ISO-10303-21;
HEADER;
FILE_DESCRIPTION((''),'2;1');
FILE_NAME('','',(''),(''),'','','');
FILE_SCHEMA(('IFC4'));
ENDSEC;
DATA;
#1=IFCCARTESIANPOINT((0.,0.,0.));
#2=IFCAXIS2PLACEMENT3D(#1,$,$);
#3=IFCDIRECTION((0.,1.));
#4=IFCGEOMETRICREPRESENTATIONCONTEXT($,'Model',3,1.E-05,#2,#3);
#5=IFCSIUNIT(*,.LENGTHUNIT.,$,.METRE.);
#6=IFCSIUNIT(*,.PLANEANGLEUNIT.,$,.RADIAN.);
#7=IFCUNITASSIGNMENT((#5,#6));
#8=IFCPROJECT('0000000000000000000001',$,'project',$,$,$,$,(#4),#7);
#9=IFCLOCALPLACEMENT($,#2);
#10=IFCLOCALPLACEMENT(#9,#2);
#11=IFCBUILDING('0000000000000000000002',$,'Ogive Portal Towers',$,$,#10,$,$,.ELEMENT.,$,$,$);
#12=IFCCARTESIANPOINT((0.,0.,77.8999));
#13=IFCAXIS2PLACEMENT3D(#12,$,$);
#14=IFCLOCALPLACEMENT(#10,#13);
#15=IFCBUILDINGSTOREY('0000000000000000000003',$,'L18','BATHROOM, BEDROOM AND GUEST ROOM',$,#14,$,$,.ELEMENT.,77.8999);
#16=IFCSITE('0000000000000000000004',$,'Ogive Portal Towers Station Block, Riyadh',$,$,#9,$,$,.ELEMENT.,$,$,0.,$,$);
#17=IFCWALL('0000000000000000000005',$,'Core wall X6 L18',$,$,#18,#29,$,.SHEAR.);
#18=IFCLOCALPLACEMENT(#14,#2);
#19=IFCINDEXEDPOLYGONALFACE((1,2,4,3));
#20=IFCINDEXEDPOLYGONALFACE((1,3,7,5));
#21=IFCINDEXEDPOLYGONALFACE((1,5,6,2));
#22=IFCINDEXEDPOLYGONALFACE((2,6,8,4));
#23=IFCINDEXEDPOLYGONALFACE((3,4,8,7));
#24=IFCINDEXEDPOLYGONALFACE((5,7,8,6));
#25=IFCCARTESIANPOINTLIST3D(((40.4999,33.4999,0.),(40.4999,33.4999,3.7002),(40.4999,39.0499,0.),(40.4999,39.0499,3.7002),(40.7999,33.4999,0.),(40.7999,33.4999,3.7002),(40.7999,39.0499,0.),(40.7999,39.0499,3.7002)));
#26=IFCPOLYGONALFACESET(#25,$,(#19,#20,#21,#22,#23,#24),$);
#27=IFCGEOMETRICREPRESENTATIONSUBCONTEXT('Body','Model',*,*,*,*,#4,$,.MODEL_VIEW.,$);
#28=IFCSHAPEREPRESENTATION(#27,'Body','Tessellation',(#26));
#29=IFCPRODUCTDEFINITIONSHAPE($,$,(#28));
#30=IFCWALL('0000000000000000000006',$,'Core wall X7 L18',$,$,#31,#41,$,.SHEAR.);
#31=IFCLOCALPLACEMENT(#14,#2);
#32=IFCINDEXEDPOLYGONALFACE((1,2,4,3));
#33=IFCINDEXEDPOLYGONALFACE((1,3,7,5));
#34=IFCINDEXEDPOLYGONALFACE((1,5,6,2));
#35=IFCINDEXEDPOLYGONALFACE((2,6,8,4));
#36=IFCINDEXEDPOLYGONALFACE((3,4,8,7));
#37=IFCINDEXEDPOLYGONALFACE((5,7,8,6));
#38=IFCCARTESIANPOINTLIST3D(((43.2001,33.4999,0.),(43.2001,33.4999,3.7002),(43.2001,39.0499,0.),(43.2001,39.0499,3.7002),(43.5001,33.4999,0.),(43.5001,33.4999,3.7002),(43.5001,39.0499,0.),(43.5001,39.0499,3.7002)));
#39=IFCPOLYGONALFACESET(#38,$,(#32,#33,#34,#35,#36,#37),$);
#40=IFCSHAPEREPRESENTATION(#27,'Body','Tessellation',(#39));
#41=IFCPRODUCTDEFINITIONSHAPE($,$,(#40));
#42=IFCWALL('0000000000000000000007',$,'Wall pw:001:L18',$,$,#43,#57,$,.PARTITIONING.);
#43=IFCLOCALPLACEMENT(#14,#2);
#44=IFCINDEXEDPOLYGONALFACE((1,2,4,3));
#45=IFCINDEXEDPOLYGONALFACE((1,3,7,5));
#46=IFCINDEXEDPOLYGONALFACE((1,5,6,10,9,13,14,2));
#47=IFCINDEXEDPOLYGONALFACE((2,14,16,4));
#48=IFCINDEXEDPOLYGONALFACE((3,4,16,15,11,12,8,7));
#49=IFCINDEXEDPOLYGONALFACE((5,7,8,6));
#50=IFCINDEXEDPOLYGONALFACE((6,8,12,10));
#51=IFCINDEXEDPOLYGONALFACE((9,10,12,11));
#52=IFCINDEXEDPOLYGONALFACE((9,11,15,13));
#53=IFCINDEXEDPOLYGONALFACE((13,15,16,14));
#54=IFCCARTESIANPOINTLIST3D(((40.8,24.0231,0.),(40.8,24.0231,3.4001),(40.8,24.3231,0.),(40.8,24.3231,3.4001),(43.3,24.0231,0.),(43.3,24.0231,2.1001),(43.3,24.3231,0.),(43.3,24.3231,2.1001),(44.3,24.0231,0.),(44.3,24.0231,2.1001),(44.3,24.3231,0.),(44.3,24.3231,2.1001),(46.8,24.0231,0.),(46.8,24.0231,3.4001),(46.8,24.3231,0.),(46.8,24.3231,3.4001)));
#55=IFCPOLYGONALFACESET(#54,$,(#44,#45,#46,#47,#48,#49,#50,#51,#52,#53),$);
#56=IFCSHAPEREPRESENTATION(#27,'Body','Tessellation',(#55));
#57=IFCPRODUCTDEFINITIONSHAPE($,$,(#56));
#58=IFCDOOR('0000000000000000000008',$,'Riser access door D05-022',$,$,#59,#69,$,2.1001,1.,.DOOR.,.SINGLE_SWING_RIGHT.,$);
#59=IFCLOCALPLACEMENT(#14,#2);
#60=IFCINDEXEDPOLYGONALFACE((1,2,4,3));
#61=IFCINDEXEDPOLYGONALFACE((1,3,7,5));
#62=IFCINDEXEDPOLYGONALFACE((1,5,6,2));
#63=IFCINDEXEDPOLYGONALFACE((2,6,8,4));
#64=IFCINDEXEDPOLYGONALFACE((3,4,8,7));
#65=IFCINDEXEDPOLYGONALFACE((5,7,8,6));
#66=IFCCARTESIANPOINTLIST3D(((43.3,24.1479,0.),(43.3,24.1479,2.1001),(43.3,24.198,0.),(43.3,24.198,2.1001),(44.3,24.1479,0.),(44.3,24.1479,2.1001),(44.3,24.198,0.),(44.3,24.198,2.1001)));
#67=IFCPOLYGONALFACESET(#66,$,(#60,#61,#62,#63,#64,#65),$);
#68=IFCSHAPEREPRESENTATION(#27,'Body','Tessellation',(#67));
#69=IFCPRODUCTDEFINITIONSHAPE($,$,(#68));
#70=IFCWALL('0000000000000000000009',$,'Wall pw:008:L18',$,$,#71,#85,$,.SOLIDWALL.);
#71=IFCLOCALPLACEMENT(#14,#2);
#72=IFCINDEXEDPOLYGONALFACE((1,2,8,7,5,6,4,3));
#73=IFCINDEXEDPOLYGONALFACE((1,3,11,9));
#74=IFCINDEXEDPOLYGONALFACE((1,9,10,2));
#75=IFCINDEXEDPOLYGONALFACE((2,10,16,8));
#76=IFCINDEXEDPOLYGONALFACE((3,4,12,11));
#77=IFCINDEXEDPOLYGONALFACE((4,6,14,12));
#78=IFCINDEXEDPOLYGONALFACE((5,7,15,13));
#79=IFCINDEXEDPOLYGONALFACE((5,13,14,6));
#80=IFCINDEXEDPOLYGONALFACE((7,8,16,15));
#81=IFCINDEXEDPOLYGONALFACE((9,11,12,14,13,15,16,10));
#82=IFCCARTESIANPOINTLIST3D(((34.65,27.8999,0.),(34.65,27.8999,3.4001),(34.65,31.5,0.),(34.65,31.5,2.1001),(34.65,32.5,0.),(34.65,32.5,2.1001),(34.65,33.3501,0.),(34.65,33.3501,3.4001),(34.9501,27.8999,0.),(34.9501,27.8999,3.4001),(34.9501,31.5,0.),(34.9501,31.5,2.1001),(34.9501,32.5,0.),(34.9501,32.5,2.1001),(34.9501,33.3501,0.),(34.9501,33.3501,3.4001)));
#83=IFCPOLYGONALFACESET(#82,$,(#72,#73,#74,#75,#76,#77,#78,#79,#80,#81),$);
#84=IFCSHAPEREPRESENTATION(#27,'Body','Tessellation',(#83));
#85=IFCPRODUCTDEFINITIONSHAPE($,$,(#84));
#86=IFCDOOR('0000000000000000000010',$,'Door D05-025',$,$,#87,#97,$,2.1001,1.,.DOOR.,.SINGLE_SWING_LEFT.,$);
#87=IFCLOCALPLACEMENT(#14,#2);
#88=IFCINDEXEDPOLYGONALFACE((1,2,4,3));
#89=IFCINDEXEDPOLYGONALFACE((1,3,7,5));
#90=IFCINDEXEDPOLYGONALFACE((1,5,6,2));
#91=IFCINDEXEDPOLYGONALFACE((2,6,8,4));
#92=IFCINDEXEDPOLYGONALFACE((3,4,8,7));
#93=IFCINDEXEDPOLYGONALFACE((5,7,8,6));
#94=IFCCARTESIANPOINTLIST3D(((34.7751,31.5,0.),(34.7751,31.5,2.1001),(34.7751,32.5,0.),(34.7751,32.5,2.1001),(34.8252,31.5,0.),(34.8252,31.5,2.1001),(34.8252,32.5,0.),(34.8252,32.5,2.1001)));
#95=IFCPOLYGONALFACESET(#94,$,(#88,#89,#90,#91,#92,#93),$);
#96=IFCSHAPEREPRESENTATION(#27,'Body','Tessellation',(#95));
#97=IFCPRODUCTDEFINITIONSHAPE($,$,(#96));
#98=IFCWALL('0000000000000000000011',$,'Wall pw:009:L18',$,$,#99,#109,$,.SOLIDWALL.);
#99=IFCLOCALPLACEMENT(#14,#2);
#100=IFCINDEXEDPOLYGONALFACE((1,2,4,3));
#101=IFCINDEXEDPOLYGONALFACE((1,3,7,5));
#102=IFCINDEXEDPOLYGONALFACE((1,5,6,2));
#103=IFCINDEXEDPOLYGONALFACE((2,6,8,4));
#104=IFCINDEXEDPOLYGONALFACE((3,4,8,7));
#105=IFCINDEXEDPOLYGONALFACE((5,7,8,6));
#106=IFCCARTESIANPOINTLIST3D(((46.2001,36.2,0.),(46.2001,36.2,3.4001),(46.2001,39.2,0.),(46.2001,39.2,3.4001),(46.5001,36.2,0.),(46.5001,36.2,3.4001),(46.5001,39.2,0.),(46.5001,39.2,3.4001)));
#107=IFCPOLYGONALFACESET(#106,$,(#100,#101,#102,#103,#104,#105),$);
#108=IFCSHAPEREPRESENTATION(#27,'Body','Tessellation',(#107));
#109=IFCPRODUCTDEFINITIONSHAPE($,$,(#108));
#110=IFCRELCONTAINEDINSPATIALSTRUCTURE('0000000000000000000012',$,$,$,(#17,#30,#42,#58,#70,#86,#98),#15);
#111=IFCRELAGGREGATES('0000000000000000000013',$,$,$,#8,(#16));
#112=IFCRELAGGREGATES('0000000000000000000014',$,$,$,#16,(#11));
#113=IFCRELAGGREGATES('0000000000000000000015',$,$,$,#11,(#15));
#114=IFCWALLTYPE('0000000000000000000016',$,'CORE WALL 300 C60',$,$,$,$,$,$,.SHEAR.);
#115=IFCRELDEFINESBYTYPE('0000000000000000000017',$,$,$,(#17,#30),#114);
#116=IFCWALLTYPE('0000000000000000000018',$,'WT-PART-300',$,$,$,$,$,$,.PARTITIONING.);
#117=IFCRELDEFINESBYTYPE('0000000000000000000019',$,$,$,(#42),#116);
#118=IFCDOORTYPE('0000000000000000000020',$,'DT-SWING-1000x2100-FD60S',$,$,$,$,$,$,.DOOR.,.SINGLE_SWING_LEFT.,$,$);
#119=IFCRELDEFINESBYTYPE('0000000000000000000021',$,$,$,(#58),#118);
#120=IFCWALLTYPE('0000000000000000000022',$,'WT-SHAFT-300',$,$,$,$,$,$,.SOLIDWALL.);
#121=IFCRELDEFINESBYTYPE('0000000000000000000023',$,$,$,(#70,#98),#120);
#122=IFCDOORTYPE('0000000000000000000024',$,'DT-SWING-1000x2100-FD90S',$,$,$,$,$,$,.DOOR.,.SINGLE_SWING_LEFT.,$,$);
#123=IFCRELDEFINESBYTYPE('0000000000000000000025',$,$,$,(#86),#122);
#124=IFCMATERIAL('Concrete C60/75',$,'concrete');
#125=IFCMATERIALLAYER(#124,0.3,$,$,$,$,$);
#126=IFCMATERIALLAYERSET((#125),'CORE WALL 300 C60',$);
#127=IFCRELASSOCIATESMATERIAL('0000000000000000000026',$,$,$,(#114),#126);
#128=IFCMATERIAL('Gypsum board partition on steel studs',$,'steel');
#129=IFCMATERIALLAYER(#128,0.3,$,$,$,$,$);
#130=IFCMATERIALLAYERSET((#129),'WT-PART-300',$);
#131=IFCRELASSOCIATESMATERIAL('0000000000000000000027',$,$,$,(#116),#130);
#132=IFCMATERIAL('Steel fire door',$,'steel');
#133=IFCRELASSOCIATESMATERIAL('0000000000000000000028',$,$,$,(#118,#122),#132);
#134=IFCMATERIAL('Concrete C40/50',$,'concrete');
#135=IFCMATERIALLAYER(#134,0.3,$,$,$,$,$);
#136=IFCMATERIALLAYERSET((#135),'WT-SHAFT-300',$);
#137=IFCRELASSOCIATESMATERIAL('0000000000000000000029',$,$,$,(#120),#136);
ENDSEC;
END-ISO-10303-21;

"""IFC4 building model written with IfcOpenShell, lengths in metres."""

from ifc_helpers import new_model, si_unit, direction, frame, frame_2d, origin, place, context, subcontext, project, spatial, rectangle, extrude, material, layer, layer_set, type_object, element, fill, save


model = new_model("IFC4")

# Units and contexts
model_context = context("Model", 3, precision=1e-05, world=origin(), true_north=direction((0.0, 1.0)))
body_context = subcontext(model_context, "Body", "Model", "MODEL_VIEW")
ifc_project = project(units=[si_unit("LENGTHUNIT", "METRE"), si_unit("PLANEANGLEUNIT", "RADIAN")], contexts=[model_context])

# Site, building, storey
site_placement = place(None, origin())
site = spatial("IfcSite", under=ifc_project, at=site_placement, Name="Ogive Portal Towers Station Block, Riyadh", CompositionType="ELEMENT", RefElevation=0.0)
building_placement = place(site_placement, origin())
building = spatial("IfcBuilding", under=site, at=building_placement, Name="Ogive Portal Towers", CompositionType="ELEMENT")
storey_placement = place(building_placement, frame((0.0, 0.0, 77.8999)))
storey = spatial("IfcBuildingStorey", under=building, at=storey_placement, Name="L18", Description="BATHROOM, BEDROOM AND GUEST ROOM", CompositionType="ELEMENT", Elevation=77.8999)

# Shared definitions
ifc_material_1 = material(Name="Concrete C60/75", Category="concrete")
ifc_layer_1 = layer(ifc_material_1, 0.3)
ifc_layer_set_1 = layer_set([ifc_layer_1], Name="CORE WALL 300 C60")
wall_type_1 = type_object("IfcWallType", Name="CORE WALL 300 C60", PredefinedType="SHEAR", material=ifc_layer_set_1)
ifc_material_2 = material(Name="Steel fire door", Category="steel")

# Walls
for number, where, z_axis, x_axis, name in (
    (1, (40.6499, 33.5, 0.0), (0.0, 0.0, 1.0), (0.0, 1.0, 0.0), "Core wall X6 L18"),
    (2, (43.3501, 33.5, 0.0), (0.0, 0.0, 1.0), (0.0, 1.0, 0.0), "Core wall X7 L18"),
):
    element("IfcWall", number, at=place(storey_placement, frame(where, z_axis=z_axis, x_axis=x_axis)), inside=storey, type_object=wall_type_1, Name=name, PredefinedType="SHEAR", context=body_context, shape_type="SweptSolid", body=[
        extrude(rectangle(XDim=5.55, YDim=0.3, at=frame_2d((2.7749, 0.0))), origin(), (0.0, 0.0, 1.0), 3.7002),
    ])

# Walls, openings, doors
ifc_material_3 = material(Name="Gypsum board partition on steel studs", Category="steel")
ifc_layer_2 = layer(ifc_material_3, 0.3)
ifc_layer_set_2 = layer_set([ifc_layer_2], Name="WT-PART-300")
wall_type_2 = type_object("IfcWallType", Name="WT-PART-300", PredefinedType="PARTITIONING", material=ifc_layer_set_2)
wall_1_placement = place(storey_placement, frame((40.8, 24.1731, 0.0), z_axis=(0.0, 0.0, 1.0), x_axis=(1.0, 0.0, 0.0)))
wall_1 = element("IfcWall", 3, at=wall_1_placement, inside=storey, type_object=wall_type_2, Name="Wall pw:001:L18", PredefinedType="PARTITIONING", context=body_context, shape_type="SweptSolid", body=[
    extrude(rectangle(XDim=6.0, YDim=0.3, at=frame_2d((3.0, 0.0))), origin(), (0.0, 0.0, 1.0), 3.4001),
])
opening_1_placement = place(wall_1_placement, frame((2.5, 0.0, 0.0)))
opening_1 = element("IfcOpeningElement", 4, at=opening_1_placement, cuts=wall_1, PredefinedType="OPENING", context=body_context, shape_type="SweptSolid", body=[
    extrude(rectangle(XDim=1.0, YDim=2.1001, at=frame_2d((0.5, 1.05))), frame((0.0, 0.1602, 0.0), z_axis=(0.0, -1.0, 0.0), x_axis=(1.0, 0.0, 0.0)), (0.0, 0.0, 1.0), 0.3201),
])
door_type_1 = type_object("IfcDoorType", Name="DT-SWING-1000x2100-FD60S", OperationType="SINGLE_SWING_LEFT", PredefinedType="DOOR", material=ifc_material_2)
door_1_placement = place(opening_1_placement, origin())
door_1 = element("IfcDoor", 5, at=door_1_placement, inside=storey, type_object=door_type_1, Name="Riser access door D05-022", OperationType="SINGLE_SWING_RIGHT", OverallHeight=2.1001, OverallWidth=1.0, PredefinedType="DOOR", context=body_context, shape_type="SweptSolid", body=[
    extrude(rectangle(XDim=1.0, YDim=2.1001, at=frame_2d((0.5, 1.05))), frame((0.0, 0.0249, 0.0), z_axis=(0.0, -1.0, 0.0), x_axis=(1.0, 0.0, 0.0)), (0.0, 0.0, 1.0), 0.05),
])
fill(opening_1, door_1)
ifc_material_4 = material(Name="Concrete C40/50", Category="concrete")
ifc_layer_3 = layer(ifc_material_4, 0.3)
ifc_layer_set_3 = layer_set([ifc_layer_3], Name="WT-SHAFT-300")
wall_type_3 = type_object("IfcWallType", Name="WT-SHAFT-300", PredefinedType="SOLIDWALL", material=ifc_layer_set_3)
wall_2_placement = place(storey_placement, frame((34.8, 27.8999, 0.0), z_axis=(0.0, 0.0, 1.0), x_axis=(0.0, 1.0, 0.0)))
wall_2 = element("IfcWall", 6, at=wall_2_placement, inside=storey, type_object=wall_type_3, Name="Wall pw:008:L18", PredefinedType="SOLIDWALL", context=body_context, shape_type="SweptSolid", body=[
    extrude(rectangle(XDim=5.4502, YDim=0.3, at=frame_2d((2.7251, 0.0))), origin(), (0.0, 0.0, 1.0), 3.4001),
])
opening_2_placement = place(wall_2_placement, frame((3.6001, 0.0, 0.0)))
opening_2 = element("IfcOpeningElement", 7, at=opening_2_placement, cuts=wall_2, PredefinedType="OPENING", context=body_context, shape_type="SweptSolid", body=[
    extrude(rectangle(XDim=1.0, YDim=2.1001, at=frame_2d((0.5, 1.05))), frame((0.0, 0.1602, 0.0), z_axis=(0.0, -1.0, 0.0), x_axis=(1.0, 0.0, 0.0)), (0.0, 0.0, 1.0), 0.3201),
])
door_type_2 = type_object("IfcDoorType", Name="DT-SWING-1000x2100-FD90S", OperationType="SINGLE_SWING_LEFT", PredefinedType="DOOR", material=ifc_material_2)
door_2_placement = place(opening_2_placement, origin())
door_2 = element("IfcDoor", 8, at=door_2_placement, inside=storey, type_object=door_type_2, Name="Door D05-025", OperationType="SINGLE_SWING_LEFT", OverallHeight=2.1001, OverallWidth=1.0, PredefinedType="DOOR", context=body_context, shape_type="SweptSolid", body=[
    extrude(rectangle(XDim=1.0, YDim=2.1001, at=frame_2d((0.5, 1.05))), frame((0.0, 0.0249, 0.0), z_axis=(0.0, -1.0, 0.0), x_axis=(1.0, 0.0, 0.0)), (0.0, 0.0, 1.0), 0.05),
])
fill(opening_2, door_2)

# Wall
wall_3_placement = place(storey_placement, frame((46.3501, 36.2, 0.0), z_axis=(0.0, 0.0, 1.0), x_axis=(0.0, 1.0, 0.0)))
element("IfcWall", 9, at=wall_3_placement, inside=storey, type_object=wall_type_3, Name="Wall pw:009:L18", PredefinedType="SOLIDWALL", context=body_context, shape_type="SweptSolid", body=[
    extrude(rectangle(XDim=3.0, YDim=0.3, at=frame_2d((1.5, 0.0))), origin(), (0.0, 0.0, 1.0), 3.4001),
])

save(model, "model.ifc")
